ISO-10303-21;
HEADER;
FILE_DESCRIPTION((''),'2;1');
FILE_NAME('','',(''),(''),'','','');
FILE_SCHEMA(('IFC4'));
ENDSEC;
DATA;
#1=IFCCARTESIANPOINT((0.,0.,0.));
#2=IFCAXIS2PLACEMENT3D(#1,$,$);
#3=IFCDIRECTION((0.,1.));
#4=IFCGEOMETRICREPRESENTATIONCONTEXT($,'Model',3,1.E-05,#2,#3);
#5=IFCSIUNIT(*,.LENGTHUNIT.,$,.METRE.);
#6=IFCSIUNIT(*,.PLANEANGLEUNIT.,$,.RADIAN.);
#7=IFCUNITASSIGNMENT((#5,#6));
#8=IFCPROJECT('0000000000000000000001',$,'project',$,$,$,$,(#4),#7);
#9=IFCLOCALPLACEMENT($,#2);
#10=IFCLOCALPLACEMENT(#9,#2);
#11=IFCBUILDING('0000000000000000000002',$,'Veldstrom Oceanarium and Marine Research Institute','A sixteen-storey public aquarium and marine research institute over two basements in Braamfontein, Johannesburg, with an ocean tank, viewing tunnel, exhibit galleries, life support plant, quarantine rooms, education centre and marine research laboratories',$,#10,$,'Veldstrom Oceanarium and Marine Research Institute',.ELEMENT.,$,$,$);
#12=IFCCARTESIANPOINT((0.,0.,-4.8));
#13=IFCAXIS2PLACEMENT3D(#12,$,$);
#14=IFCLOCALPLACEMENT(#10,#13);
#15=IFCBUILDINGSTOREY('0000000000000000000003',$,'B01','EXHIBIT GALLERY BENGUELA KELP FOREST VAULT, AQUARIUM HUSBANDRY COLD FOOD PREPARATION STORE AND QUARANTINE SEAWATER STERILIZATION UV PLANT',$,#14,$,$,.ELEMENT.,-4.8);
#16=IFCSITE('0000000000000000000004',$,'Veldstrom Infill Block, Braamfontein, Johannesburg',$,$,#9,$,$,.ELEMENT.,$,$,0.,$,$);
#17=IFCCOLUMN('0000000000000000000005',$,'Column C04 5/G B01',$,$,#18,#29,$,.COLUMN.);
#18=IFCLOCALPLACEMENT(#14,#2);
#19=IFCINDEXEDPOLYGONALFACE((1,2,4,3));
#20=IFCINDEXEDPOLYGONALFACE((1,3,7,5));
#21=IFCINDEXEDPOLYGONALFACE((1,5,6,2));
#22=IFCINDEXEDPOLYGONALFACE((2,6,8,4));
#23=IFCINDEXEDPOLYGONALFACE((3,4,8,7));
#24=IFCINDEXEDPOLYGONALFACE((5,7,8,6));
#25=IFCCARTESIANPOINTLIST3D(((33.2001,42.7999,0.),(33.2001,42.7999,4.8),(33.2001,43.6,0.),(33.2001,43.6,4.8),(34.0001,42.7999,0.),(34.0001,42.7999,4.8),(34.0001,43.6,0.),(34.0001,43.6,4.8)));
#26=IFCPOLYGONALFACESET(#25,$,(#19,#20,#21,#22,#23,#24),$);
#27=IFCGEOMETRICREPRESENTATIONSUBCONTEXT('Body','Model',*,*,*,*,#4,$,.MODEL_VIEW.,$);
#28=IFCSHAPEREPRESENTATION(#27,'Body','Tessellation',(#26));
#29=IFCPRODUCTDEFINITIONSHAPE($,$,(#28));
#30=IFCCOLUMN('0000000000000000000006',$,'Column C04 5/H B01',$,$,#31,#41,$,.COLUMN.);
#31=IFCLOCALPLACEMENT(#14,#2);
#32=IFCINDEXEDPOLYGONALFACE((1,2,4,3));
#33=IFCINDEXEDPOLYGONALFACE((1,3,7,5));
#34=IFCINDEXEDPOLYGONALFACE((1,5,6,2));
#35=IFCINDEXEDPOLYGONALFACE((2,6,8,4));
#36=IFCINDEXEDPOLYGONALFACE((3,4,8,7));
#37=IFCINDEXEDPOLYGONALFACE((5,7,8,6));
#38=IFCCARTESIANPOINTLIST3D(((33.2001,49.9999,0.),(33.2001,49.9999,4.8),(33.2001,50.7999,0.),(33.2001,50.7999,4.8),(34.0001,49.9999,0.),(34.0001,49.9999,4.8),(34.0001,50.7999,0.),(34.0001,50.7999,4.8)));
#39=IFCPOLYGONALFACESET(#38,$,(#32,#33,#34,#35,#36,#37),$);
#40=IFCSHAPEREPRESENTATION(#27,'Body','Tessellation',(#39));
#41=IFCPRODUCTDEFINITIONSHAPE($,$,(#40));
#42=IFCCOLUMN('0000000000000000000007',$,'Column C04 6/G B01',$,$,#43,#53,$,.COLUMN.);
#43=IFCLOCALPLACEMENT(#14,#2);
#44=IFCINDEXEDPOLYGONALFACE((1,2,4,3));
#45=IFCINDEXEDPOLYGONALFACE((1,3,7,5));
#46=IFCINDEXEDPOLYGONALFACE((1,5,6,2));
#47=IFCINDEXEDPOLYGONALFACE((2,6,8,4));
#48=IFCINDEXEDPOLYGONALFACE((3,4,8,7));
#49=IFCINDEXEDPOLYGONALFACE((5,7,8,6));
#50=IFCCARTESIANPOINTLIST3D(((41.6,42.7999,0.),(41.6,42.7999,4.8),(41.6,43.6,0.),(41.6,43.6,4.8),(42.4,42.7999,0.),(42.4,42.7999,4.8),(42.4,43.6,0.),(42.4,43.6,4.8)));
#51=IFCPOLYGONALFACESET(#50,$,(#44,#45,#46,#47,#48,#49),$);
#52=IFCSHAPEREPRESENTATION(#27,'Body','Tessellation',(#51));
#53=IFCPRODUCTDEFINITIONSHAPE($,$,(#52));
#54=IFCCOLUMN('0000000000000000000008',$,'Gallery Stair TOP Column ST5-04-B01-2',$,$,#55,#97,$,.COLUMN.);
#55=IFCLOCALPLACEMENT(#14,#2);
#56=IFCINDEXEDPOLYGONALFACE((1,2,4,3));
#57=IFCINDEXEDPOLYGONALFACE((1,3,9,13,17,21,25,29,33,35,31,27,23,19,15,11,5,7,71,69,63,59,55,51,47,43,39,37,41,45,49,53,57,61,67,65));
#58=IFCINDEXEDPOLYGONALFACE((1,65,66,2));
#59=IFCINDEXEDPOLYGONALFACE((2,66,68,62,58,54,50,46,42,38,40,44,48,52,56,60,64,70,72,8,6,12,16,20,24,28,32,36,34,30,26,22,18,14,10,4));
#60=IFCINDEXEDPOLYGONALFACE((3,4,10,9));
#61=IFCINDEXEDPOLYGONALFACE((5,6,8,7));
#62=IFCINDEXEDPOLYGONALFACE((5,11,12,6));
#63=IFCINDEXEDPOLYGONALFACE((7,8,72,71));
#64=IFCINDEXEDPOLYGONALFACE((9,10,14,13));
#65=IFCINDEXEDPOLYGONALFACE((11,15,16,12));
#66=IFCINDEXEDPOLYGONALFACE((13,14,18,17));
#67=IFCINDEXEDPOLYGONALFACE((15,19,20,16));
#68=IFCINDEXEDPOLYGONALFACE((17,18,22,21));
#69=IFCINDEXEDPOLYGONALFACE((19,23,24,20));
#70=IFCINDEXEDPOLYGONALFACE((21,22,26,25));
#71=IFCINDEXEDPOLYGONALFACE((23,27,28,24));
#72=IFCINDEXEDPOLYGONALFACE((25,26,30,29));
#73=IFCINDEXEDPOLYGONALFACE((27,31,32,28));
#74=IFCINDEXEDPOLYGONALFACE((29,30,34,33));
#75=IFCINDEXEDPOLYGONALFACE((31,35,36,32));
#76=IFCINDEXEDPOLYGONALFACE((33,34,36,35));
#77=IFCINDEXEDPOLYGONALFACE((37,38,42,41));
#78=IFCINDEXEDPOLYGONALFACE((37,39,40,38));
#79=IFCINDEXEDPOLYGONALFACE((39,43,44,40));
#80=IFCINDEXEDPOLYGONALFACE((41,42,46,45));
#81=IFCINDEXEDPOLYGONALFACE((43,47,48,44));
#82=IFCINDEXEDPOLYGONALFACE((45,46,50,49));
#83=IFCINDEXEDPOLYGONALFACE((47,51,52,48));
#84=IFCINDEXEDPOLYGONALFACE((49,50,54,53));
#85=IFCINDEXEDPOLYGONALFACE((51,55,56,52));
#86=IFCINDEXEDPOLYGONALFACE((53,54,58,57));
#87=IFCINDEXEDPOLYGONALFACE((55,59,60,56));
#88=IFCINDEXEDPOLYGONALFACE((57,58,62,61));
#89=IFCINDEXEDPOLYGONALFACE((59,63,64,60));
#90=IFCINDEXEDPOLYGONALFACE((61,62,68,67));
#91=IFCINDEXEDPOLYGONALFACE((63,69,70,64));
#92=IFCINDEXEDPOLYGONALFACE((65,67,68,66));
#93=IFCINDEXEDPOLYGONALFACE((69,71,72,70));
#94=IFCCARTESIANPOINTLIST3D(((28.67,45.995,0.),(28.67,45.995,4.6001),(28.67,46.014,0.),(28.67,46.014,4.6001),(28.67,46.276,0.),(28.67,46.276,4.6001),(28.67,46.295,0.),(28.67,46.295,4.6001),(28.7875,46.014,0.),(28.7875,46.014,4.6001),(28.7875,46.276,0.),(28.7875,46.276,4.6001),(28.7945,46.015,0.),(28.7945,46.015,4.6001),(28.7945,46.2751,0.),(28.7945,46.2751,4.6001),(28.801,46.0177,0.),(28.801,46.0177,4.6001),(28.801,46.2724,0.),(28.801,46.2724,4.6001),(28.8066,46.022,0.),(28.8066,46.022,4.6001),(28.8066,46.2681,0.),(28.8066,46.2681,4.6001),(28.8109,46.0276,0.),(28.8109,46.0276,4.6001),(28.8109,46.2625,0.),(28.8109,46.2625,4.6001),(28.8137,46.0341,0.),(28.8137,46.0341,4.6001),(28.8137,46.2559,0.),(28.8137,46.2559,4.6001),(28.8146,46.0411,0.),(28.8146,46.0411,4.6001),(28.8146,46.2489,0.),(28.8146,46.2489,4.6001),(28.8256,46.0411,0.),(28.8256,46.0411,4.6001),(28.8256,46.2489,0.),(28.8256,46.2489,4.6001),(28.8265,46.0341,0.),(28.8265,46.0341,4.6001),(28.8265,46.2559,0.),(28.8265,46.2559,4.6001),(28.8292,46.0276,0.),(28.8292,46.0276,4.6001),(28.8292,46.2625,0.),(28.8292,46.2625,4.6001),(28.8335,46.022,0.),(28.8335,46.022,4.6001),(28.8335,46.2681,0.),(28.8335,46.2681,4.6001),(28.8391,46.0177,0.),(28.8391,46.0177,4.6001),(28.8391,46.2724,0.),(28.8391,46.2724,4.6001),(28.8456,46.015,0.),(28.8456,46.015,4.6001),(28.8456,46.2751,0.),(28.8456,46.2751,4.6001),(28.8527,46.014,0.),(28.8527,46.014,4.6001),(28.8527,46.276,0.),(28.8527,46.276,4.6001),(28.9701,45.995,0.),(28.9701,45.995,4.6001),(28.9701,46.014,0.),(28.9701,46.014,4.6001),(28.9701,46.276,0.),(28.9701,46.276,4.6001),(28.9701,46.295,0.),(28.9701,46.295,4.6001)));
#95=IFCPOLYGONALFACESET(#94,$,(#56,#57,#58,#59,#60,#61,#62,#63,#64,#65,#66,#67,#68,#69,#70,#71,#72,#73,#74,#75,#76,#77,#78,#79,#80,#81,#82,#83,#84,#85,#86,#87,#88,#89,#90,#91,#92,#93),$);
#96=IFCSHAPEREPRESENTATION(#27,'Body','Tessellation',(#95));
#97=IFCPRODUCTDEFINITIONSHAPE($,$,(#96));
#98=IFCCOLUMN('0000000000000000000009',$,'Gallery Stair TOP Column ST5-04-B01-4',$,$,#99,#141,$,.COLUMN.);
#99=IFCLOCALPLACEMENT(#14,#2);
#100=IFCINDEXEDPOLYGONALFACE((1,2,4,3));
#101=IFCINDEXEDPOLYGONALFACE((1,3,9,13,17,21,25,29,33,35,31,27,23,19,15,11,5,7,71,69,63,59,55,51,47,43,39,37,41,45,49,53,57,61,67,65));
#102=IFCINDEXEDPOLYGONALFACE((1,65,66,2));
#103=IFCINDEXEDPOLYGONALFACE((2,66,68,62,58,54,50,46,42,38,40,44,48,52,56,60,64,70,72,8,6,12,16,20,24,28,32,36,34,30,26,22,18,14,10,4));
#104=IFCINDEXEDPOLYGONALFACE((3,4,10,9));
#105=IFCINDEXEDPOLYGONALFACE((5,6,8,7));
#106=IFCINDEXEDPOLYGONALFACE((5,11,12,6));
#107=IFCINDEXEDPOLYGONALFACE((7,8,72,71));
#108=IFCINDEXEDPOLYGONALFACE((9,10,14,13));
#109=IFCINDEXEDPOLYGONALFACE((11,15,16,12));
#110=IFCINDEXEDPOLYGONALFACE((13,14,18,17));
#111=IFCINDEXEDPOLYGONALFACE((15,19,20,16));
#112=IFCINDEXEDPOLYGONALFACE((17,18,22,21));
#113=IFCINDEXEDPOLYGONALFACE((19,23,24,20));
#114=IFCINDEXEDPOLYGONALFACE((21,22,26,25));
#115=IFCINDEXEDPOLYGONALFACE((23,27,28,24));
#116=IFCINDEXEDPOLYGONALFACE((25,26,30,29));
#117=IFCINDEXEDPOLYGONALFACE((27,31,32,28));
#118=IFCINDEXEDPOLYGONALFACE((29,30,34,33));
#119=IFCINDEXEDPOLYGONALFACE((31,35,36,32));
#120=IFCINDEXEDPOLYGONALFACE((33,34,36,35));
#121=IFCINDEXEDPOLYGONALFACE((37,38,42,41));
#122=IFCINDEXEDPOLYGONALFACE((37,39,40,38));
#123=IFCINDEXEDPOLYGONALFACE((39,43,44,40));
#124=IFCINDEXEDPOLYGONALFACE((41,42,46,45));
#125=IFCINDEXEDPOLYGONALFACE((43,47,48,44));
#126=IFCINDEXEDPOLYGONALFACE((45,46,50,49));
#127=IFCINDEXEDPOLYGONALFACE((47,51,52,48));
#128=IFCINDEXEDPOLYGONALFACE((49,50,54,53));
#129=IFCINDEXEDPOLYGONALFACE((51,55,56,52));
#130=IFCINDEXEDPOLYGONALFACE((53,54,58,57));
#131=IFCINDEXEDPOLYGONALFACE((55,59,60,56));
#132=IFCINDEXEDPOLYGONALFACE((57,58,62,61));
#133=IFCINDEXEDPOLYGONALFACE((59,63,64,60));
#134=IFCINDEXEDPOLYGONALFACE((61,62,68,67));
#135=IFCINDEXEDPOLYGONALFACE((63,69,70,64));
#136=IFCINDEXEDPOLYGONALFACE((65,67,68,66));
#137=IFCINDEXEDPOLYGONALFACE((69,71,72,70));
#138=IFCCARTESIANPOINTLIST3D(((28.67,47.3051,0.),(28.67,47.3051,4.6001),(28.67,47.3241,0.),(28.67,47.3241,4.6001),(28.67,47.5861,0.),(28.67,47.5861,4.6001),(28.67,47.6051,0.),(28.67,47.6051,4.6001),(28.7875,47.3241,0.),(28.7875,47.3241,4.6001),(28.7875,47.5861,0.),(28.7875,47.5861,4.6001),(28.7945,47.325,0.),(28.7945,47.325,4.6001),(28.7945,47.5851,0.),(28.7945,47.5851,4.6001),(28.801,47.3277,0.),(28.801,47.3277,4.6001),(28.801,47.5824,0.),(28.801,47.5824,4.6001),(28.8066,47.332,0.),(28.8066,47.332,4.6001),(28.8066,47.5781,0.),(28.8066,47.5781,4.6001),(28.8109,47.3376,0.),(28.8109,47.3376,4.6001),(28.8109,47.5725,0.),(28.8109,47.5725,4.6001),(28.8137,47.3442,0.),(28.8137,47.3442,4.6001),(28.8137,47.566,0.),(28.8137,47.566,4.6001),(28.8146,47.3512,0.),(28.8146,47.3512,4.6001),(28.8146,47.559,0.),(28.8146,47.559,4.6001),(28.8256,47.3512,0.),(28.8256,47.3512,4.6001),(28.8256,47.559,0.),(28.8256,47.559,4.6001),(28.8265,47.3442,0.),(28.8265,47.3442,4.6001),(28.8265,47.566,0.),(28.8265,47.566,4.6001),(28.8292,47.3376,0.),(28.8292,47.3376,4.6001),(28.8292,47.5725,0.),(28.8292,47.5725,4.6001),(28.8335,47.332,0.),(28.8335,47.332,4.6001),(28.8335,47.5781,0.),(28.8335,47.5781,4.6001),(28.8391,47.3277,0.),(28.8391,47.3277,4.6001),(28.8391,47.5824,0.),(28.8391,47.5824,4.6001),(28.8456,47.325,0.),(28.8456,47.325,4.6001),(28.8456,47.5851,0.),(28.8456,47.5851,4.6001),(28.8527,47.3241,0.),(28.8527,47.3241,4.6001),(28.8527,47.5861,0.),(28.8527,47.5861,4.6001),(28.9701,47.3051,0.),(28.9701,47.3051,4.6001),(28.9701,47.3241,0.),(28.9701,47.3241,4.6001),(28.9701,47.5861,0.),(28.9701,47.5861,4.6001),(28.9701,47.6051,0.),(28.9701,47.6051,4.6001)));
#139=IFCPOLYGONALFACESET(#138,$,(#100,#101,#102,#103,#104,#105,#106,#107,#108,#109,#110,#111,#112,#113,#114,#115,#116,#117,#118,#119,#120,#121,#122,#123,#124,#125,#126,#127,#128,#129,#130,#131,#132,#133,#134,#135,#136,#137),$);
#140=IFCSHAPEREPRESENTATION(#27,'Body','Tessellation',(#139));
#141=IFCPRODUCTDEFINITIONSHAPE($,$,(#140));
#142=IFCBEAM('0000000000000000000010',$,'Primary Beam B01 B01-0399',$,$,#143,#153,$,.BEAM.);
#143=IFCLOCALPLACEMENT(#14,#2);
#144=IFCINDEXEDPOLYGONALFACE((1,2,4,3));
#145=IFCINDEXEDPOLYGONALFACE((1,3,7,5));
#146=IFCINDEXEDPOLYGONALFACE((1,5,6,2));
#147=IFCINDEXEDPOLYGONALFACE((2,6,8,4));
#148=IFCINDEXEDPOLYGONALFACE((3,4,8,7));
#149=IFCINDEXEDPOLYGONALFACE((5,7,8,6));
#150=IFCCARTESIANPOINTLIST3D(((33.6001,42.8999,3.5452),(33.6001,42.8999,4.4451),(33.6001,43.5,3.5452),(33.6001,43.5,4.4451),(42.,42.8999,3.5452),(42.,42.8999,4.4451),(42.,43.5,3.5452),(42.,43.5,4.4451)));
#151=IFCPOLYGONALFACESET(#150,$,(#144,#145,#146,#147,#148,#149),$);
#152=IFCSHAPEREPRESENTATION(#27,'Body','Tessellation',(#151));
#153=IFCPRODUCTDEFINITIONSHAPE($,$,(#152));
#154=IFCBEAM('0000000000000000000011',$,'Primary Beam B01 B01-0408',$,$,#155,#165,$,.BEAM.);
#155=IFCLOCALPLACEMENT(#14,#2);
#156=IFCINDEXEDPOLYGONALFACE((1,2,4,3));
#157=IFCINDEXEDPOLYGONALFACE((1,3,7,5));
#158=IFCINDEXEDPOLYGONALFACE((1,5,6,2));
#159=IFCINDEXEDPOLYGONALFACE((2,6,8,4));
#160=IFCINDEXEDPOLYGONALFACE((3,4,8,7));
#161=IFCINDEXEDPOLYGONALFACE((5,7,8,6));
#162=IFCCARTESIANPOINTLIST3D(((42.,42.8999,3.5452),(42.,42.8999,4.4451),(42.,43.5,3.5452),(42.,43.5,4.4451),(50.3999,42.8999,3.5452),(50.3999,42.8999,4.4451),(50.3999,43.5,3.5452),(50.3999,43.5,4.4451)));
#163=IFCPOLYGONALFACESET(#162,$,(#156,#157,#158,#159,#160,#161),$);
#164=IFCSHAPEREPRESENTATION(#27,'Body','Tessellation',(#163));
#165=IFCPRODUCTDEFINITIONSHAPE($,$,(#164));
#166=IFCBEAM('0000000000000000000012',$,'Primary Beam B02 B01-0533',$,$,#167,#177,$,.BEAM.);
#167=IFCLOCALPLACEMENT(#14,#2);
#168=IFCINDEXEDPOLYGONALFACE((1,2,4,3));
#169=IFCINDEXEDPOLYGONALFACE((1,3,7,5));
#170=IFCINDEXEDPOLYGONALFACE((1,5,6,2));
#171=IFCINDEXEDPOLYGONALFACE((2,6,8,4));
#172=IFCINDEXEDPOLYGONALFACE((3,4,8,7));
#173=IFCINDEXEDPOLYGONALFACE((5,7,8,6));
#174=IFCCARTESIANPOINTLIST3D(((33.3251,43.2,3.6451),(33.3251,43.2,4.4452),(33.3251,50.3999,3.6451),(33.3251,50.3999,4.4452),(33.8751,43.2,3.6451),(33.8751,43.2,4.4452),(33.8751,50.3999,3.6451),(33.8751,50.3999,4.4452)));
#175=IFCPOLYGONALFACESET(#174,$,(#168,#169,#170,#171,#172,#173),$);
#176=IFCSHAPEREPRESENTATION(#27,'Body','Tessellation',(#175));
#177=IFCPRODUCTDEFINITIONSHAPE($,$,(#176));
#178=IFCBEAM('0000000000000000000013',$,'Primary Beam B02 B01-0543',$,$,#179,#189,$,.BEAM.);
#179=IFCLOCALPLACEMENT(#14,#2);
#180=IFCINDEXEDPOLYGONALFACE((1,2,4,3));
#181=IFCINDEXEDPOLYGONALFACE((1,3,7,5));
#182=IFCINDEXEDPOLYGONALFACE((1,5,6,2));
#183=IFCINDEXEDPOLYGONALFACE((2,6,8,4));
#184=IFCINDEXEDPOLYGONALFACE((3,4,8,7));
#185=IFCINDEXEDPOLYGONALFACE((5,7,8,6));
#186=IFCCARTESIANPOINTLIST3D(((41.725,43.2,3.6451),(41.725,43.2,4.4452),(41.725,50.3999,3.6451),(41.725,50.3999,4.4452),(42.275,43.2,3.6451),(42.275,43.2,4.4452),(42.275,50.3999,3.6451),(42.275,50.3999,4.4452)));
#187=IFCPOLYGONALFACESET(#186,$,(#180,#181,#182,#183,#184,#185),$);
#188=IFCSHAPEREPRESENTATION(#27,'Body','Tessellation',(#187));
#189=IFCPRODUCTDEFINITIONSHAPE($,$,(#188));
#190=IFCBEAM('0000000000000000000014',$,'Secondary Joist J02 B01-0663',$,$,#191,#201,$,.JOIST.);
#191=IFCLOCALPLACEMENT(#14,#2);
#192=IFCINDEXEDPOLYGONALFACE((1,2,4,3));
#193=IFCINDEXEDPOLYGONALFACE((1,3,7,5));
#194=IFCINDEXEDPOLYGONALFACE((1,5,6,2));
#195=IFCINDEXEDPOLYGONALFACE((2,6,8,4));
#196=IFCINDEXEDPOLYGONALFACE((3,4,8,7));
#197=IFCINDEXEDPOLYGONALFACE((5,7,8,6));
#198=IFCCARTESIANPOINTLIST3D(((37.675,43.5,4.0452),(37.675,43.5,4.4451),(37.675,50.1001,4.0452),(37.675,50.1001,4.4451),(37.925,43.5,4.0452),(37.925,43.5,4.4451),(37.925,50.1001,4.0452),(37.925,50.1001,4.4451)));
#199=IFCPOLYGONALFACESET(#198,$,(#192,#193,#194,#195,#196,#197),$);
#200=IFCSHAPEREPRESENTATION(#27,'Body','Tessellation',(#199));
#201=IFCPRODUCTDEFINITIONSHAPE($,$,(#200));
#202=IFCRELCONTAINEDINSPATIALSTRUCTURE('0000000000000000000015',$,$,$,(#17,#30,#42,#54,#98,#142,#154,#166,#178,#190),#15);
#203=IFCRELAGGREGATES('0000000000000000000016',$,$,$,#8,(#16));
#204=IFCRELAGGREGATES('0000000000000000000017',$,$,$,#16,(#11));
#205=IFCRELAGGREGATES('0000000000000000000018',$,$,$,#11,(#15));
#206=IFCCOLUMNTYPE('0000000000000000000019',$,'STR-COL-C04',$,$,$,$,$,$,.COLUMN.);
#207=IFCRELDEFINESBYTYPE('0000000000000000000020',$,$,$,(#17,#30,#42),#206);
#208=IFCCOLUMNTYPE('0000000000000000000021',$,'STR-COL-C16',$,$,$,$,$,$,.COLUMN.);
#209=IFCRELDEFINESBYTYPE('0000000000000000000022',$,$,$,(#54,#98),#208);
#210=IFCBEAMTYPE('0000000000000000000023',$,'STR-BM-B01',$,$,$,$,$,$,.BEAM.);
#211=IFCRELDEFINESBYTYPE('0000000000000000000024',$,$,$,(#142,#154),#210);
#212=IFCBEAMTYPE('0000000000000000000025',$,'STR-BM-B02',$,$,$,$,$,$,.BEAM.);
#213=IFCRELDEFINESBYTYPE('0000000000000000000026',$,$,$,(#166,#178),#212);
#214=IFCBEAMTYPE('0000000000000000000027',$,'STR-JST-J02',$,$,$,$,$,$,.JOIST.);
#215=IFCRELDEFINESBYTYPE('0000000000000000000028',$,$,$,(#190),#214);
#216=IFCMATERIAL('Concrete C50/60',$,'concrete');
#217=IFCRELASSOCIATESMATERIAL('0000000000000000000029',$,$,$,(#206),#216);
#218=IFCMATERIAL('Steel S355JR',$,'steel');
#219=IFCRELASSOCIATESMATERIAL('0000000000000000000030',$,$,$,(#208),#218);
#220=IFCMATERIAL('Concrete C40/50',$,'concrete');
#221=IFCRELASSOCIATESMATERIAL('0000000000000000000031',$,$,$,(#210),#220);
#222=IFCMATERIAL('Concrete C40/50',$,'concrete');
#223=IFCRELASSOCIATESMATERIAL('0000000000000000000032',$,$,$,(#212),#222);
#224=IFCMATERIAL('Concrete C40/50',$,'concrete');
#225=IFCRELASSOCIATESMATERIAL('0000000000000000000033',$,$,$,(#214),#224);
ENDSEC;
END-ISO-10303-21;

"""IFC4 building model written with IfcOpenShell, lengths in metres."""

from ifc_helpers import new_model, si_unit, direction, frame, origin, origin_2d, place, context, subcontext, project, spatial, rectangle, i_section, extrude, material, material_profile, profile_set, type_object, element, save


model = new_model("IFC4")

# Units and contexts
model_context = context("Model", 3, precision=1e-05, world=origin(), true_north=direction((0.0, 1.0)))
body_context = subcontext(model_context, "Body", "Model", "MODEL_VIEW")
ifc_project = project(units=[si_unit("LENGTHUNIT", "METRE"), si_unit("PLANEANGLEUNIT", "RADIAN")], contexts=[model_context])

# Site, building, storey
site_placement = place(None, origin())
site = spatial("IfcSite", under=ifc_project, at=site_placement, Name="Veldstrom Infill Block, Braamfontein, Johannesburg", CompositionType="ELEMENT", RefElevation=0.0)
building_placement = place(site_placement, origin())
building = spatial("IfcBuilding", under=site, at=building_placement, Name="Veldstrom Oceanarium and Marine Research Institute", Description="A sixteen-storey public aquarium and marine research institute over two basements in Braamfontein, Johannesburg, with an ocean tank, viewing tunnel, exhibit galleries, life support plant, quarantine rooms, education centre and marine research laboratories", LongName="Veldstrom Oceanarium and Marine Research Institute", CompositionType="ELEMENT")
storey_placement = place(building_placement, frame((0.0, 0.0, -4.8)))
storey = spatial("IfcBuildingStorey", under=building, at=storey_placement, Name="B01", Description="EXHIBIT GALLERY BENGUELA KELP FOREST VAULT, AQUARIUM HUSBANDRY COLD FOOD PREPARATION STORE AND QUARANTINE SEAWATER STERILIZATION UV PLANT", CompositionType="ELEMENT", Elevation=-4.8)

# Columns
ifc_material_1 = material(Name="Concrete C50/60", Category="concrete")
ifc_material_profile_1 = material_profile(ifc_material_1, rectangle(XDim=0.8, YDim=0.8, at=origin_2d()), Name="RC-COL-800x800")
ifc_profile_set_1 = profile_set([ifc_material_profile_1], Name="Concrete C50/60")
column_type_1 = type_object("IfcColumnType", Name="STR-COL-C04", PredefinedType="COLUMN", material=ifc_profile_set_1)
for number, where, z_axis, x_axis, name in (
    (1, (33.6001, 43.2, 0.0), (0.0, 0.0, 1.0), (1.0, 0.0, 0.0), "Column C04 5/G B01"),
    (2, (33.6001, 50.3999, 0.0), (0.0, 0.0, 1.0), (1.0, 0.0, 0.0), "Column C04 5/H B01"),
    (3, (42.0, 43.2, 0.0), (0.0, 0.0, 1.0), (1.0, 0.0, 0.0), "Column C04 6/G B01"),
):
    element("IfcColumn", number, at=place(storey_placement, frame(where, z_axis=z_axis, x_axis=x_axis)), inside=storey, type_object=column_type_1, Name=name, PredefinedType="COLUMN", context=body_context, shape_type="SweptSolid", body=[
        extrude(rectangle(XDim=0.8, YDim=0.8, at=origin_2d()), origin(), (0.0, 0.0, 1.0), 4.8),
    ])
ifc_material_2 = material(Name="Steel S355JR", Category="steel")
ifc_material_profile_2 = material_profile(ifc_material_2, i_section(OverallWidth=0.3, OverallDepth=0.3, WebThickness=0.011, FlangeThickness=0.019, FilletRadius=0.0271, at=origin_2d()), Name="HEB 300")
ifc_profile_set_2 = profile_set([ifc_material_profile_2], Name="Steel S355JR")
column_type_2 = type_object("IfcColumnType", Name="STR-COL-C16", PredefinedType="COLUMN", material=ifc_profile_set_2)
for number, where, z_axis, x_axis, name in (
    (4, (28.8201, 46.145, 0.0), (0.0, 0.0, 1.0), (1.0, 0.0, 0.0), "Gallery Stair TOP Column ST5-04-B01-2"),
    (5, (28.8201, 47.4551, 0.0), (0.0, 0.0, 1.0), (1.0, 0.0, 0.0), "Gallery Stair TOP Column ST5-04-B01-4"),
):
    element("IfcColumn", number, at=place(storey_placement, frame(where, z_axis=z_axis, x_axis=x_axis)), inside=storey, type_object=column_type_2, Name=name, PredefinedType="COLUMN", context=body_context, shape_type="SweptSolid", body=[
        extrude(i_section(OverallWidth=0.3, OverallDepth=0.3, WebThickness=0.011, FlangeThickness=0.019, FilletRadius=0.0271, at=origin_2d()), origin(), (0.0, 0.0, 1.0), 4.6001),
    ])

# Beams
ifc_material_3 = material(Name="Concrete C40/50", Category="concrete")
ifc_material_profile_3 = material_profile(ifc_material_3, rectangle(XDim=0.6001, YDim=0.8999, at=origin_2d()), Name="RC-BM-600x900")
ifc_profile_set_3 = profile_set([ifc_material_profile_3], Name="Concrete C40/50")
beam_type_1 = type_object("IfcBeamType", Name="STR-BM-B01", PredefinedType="BEAM", material=ifc_profile_set_3)
for number, where, z_axis, x_axis, name in (
    (6, (33.6001, 43.2, 3.9951), (1.0, 0.0, 0.0), (0.0, 1.0, 0.0), "Primary Beam B01 B01-0399"),
    (7, (42.0, 43.2, 3.9951), (1.0, 0.0, 0.0), (0.0, 1.0, 0.0), "Primary Beam B01 B01-0408"),
):
    element("IfcBeam", number, at=place(storey_placement, frame(where, z_axis=z_axis, x_axis=x_axis)), inside=storey, type_object=beam_type_1, Name=name, PredefinedType="BEAM", context=body_context, shape_type="SweptSolid", body=[
        extrude(rectangle(XDim=0.6001, YDim=0.8999, at=origin_2d()), origin(), (0.0, 0.0, 1.0), 8.3999),
    ])
ifc_material_4 = material(Name="Concrete C40/50", Category="concrete")
ifc_material_profile_4 = material_profile(ifc_material_4, rectangle(XDim=0.55, YDim=0.8, at=origin_2d()), Name="RC-BM-550x800")
ifc_profile_set_4 = profile_set([ifc_material_profile_4], Name="Concrete C40/50")
beam_type_2 = type_object("IfcBeamType", Name="STR-BM-B02", PredefinedType="BEAM", material=ifc_profile_set_4)
for number, where, z_axis, x_axis, name in (
    (8, (33.6001, 43.2, 4.0452), (0.0, 1.0, 0.0), (-1.0, 0.0, 0.0), "Primary Beam B02 B01-0533"),
    (9, (42.0, 43.2, 4.0452), (0.0, 1.0, 0.0), (-1.0, 0.0, 0.0), "Primary Beam B02 B01-0543"),
):
    element("IfcBeam", number, at=place(storey_placement, frame(where, z_axis=z_axis, x_axis=x_axis)), inside=storey, type_object=beam_type_2, Name=name, PredefinedType="BEAM", context=body_context, shape_type="SweptSolid", body=[
        extrude(rectangle(XDim=0.55, YDim=0.8, at=origin_2d()), origin(), (0.0, 0.0, 1.0), 7.2),
    ])
ifc_material_5 = material(Name="Concrete C40/50", Category="concrete")
ifc_material_profile_5 = material_profile(ifc_material_5, rectangle(XDim=0.25, YDim=0.3999, at=origin_2d()), Name="RC-JST-250x400")
ifc_profile_set_5 = profile_set([ifc_material_profile_5], Name="Concrete C40/50")
beam_type_3 = type_object("IfcBeamType", Name="STR-JST-J02", PredefinedType="JOIST", material=ifc_profile_set_5)
beam_placement = place(storey_placement, frame((37.8, 43.5, 4.2451), z_axis=(0.0, 1.0, 0.0), x_axis=(-1.0, 0.0, 0.0)))
element("IfcBeam", 10, at=beam_placement, inside=storey, type_object=beam_type_3, Name="Secondary Joist J02 B01-0663", PredefinedType="JOIST", context=body_context, shape_type="SweptSolid", body=[
    extrude(rectangle(XDim=0.25, YDim=0.3999, at=origin_2d()), origin(), (0.0, 0.0, 1.0), 6.6001),
])

save(model, "model.ifc")
